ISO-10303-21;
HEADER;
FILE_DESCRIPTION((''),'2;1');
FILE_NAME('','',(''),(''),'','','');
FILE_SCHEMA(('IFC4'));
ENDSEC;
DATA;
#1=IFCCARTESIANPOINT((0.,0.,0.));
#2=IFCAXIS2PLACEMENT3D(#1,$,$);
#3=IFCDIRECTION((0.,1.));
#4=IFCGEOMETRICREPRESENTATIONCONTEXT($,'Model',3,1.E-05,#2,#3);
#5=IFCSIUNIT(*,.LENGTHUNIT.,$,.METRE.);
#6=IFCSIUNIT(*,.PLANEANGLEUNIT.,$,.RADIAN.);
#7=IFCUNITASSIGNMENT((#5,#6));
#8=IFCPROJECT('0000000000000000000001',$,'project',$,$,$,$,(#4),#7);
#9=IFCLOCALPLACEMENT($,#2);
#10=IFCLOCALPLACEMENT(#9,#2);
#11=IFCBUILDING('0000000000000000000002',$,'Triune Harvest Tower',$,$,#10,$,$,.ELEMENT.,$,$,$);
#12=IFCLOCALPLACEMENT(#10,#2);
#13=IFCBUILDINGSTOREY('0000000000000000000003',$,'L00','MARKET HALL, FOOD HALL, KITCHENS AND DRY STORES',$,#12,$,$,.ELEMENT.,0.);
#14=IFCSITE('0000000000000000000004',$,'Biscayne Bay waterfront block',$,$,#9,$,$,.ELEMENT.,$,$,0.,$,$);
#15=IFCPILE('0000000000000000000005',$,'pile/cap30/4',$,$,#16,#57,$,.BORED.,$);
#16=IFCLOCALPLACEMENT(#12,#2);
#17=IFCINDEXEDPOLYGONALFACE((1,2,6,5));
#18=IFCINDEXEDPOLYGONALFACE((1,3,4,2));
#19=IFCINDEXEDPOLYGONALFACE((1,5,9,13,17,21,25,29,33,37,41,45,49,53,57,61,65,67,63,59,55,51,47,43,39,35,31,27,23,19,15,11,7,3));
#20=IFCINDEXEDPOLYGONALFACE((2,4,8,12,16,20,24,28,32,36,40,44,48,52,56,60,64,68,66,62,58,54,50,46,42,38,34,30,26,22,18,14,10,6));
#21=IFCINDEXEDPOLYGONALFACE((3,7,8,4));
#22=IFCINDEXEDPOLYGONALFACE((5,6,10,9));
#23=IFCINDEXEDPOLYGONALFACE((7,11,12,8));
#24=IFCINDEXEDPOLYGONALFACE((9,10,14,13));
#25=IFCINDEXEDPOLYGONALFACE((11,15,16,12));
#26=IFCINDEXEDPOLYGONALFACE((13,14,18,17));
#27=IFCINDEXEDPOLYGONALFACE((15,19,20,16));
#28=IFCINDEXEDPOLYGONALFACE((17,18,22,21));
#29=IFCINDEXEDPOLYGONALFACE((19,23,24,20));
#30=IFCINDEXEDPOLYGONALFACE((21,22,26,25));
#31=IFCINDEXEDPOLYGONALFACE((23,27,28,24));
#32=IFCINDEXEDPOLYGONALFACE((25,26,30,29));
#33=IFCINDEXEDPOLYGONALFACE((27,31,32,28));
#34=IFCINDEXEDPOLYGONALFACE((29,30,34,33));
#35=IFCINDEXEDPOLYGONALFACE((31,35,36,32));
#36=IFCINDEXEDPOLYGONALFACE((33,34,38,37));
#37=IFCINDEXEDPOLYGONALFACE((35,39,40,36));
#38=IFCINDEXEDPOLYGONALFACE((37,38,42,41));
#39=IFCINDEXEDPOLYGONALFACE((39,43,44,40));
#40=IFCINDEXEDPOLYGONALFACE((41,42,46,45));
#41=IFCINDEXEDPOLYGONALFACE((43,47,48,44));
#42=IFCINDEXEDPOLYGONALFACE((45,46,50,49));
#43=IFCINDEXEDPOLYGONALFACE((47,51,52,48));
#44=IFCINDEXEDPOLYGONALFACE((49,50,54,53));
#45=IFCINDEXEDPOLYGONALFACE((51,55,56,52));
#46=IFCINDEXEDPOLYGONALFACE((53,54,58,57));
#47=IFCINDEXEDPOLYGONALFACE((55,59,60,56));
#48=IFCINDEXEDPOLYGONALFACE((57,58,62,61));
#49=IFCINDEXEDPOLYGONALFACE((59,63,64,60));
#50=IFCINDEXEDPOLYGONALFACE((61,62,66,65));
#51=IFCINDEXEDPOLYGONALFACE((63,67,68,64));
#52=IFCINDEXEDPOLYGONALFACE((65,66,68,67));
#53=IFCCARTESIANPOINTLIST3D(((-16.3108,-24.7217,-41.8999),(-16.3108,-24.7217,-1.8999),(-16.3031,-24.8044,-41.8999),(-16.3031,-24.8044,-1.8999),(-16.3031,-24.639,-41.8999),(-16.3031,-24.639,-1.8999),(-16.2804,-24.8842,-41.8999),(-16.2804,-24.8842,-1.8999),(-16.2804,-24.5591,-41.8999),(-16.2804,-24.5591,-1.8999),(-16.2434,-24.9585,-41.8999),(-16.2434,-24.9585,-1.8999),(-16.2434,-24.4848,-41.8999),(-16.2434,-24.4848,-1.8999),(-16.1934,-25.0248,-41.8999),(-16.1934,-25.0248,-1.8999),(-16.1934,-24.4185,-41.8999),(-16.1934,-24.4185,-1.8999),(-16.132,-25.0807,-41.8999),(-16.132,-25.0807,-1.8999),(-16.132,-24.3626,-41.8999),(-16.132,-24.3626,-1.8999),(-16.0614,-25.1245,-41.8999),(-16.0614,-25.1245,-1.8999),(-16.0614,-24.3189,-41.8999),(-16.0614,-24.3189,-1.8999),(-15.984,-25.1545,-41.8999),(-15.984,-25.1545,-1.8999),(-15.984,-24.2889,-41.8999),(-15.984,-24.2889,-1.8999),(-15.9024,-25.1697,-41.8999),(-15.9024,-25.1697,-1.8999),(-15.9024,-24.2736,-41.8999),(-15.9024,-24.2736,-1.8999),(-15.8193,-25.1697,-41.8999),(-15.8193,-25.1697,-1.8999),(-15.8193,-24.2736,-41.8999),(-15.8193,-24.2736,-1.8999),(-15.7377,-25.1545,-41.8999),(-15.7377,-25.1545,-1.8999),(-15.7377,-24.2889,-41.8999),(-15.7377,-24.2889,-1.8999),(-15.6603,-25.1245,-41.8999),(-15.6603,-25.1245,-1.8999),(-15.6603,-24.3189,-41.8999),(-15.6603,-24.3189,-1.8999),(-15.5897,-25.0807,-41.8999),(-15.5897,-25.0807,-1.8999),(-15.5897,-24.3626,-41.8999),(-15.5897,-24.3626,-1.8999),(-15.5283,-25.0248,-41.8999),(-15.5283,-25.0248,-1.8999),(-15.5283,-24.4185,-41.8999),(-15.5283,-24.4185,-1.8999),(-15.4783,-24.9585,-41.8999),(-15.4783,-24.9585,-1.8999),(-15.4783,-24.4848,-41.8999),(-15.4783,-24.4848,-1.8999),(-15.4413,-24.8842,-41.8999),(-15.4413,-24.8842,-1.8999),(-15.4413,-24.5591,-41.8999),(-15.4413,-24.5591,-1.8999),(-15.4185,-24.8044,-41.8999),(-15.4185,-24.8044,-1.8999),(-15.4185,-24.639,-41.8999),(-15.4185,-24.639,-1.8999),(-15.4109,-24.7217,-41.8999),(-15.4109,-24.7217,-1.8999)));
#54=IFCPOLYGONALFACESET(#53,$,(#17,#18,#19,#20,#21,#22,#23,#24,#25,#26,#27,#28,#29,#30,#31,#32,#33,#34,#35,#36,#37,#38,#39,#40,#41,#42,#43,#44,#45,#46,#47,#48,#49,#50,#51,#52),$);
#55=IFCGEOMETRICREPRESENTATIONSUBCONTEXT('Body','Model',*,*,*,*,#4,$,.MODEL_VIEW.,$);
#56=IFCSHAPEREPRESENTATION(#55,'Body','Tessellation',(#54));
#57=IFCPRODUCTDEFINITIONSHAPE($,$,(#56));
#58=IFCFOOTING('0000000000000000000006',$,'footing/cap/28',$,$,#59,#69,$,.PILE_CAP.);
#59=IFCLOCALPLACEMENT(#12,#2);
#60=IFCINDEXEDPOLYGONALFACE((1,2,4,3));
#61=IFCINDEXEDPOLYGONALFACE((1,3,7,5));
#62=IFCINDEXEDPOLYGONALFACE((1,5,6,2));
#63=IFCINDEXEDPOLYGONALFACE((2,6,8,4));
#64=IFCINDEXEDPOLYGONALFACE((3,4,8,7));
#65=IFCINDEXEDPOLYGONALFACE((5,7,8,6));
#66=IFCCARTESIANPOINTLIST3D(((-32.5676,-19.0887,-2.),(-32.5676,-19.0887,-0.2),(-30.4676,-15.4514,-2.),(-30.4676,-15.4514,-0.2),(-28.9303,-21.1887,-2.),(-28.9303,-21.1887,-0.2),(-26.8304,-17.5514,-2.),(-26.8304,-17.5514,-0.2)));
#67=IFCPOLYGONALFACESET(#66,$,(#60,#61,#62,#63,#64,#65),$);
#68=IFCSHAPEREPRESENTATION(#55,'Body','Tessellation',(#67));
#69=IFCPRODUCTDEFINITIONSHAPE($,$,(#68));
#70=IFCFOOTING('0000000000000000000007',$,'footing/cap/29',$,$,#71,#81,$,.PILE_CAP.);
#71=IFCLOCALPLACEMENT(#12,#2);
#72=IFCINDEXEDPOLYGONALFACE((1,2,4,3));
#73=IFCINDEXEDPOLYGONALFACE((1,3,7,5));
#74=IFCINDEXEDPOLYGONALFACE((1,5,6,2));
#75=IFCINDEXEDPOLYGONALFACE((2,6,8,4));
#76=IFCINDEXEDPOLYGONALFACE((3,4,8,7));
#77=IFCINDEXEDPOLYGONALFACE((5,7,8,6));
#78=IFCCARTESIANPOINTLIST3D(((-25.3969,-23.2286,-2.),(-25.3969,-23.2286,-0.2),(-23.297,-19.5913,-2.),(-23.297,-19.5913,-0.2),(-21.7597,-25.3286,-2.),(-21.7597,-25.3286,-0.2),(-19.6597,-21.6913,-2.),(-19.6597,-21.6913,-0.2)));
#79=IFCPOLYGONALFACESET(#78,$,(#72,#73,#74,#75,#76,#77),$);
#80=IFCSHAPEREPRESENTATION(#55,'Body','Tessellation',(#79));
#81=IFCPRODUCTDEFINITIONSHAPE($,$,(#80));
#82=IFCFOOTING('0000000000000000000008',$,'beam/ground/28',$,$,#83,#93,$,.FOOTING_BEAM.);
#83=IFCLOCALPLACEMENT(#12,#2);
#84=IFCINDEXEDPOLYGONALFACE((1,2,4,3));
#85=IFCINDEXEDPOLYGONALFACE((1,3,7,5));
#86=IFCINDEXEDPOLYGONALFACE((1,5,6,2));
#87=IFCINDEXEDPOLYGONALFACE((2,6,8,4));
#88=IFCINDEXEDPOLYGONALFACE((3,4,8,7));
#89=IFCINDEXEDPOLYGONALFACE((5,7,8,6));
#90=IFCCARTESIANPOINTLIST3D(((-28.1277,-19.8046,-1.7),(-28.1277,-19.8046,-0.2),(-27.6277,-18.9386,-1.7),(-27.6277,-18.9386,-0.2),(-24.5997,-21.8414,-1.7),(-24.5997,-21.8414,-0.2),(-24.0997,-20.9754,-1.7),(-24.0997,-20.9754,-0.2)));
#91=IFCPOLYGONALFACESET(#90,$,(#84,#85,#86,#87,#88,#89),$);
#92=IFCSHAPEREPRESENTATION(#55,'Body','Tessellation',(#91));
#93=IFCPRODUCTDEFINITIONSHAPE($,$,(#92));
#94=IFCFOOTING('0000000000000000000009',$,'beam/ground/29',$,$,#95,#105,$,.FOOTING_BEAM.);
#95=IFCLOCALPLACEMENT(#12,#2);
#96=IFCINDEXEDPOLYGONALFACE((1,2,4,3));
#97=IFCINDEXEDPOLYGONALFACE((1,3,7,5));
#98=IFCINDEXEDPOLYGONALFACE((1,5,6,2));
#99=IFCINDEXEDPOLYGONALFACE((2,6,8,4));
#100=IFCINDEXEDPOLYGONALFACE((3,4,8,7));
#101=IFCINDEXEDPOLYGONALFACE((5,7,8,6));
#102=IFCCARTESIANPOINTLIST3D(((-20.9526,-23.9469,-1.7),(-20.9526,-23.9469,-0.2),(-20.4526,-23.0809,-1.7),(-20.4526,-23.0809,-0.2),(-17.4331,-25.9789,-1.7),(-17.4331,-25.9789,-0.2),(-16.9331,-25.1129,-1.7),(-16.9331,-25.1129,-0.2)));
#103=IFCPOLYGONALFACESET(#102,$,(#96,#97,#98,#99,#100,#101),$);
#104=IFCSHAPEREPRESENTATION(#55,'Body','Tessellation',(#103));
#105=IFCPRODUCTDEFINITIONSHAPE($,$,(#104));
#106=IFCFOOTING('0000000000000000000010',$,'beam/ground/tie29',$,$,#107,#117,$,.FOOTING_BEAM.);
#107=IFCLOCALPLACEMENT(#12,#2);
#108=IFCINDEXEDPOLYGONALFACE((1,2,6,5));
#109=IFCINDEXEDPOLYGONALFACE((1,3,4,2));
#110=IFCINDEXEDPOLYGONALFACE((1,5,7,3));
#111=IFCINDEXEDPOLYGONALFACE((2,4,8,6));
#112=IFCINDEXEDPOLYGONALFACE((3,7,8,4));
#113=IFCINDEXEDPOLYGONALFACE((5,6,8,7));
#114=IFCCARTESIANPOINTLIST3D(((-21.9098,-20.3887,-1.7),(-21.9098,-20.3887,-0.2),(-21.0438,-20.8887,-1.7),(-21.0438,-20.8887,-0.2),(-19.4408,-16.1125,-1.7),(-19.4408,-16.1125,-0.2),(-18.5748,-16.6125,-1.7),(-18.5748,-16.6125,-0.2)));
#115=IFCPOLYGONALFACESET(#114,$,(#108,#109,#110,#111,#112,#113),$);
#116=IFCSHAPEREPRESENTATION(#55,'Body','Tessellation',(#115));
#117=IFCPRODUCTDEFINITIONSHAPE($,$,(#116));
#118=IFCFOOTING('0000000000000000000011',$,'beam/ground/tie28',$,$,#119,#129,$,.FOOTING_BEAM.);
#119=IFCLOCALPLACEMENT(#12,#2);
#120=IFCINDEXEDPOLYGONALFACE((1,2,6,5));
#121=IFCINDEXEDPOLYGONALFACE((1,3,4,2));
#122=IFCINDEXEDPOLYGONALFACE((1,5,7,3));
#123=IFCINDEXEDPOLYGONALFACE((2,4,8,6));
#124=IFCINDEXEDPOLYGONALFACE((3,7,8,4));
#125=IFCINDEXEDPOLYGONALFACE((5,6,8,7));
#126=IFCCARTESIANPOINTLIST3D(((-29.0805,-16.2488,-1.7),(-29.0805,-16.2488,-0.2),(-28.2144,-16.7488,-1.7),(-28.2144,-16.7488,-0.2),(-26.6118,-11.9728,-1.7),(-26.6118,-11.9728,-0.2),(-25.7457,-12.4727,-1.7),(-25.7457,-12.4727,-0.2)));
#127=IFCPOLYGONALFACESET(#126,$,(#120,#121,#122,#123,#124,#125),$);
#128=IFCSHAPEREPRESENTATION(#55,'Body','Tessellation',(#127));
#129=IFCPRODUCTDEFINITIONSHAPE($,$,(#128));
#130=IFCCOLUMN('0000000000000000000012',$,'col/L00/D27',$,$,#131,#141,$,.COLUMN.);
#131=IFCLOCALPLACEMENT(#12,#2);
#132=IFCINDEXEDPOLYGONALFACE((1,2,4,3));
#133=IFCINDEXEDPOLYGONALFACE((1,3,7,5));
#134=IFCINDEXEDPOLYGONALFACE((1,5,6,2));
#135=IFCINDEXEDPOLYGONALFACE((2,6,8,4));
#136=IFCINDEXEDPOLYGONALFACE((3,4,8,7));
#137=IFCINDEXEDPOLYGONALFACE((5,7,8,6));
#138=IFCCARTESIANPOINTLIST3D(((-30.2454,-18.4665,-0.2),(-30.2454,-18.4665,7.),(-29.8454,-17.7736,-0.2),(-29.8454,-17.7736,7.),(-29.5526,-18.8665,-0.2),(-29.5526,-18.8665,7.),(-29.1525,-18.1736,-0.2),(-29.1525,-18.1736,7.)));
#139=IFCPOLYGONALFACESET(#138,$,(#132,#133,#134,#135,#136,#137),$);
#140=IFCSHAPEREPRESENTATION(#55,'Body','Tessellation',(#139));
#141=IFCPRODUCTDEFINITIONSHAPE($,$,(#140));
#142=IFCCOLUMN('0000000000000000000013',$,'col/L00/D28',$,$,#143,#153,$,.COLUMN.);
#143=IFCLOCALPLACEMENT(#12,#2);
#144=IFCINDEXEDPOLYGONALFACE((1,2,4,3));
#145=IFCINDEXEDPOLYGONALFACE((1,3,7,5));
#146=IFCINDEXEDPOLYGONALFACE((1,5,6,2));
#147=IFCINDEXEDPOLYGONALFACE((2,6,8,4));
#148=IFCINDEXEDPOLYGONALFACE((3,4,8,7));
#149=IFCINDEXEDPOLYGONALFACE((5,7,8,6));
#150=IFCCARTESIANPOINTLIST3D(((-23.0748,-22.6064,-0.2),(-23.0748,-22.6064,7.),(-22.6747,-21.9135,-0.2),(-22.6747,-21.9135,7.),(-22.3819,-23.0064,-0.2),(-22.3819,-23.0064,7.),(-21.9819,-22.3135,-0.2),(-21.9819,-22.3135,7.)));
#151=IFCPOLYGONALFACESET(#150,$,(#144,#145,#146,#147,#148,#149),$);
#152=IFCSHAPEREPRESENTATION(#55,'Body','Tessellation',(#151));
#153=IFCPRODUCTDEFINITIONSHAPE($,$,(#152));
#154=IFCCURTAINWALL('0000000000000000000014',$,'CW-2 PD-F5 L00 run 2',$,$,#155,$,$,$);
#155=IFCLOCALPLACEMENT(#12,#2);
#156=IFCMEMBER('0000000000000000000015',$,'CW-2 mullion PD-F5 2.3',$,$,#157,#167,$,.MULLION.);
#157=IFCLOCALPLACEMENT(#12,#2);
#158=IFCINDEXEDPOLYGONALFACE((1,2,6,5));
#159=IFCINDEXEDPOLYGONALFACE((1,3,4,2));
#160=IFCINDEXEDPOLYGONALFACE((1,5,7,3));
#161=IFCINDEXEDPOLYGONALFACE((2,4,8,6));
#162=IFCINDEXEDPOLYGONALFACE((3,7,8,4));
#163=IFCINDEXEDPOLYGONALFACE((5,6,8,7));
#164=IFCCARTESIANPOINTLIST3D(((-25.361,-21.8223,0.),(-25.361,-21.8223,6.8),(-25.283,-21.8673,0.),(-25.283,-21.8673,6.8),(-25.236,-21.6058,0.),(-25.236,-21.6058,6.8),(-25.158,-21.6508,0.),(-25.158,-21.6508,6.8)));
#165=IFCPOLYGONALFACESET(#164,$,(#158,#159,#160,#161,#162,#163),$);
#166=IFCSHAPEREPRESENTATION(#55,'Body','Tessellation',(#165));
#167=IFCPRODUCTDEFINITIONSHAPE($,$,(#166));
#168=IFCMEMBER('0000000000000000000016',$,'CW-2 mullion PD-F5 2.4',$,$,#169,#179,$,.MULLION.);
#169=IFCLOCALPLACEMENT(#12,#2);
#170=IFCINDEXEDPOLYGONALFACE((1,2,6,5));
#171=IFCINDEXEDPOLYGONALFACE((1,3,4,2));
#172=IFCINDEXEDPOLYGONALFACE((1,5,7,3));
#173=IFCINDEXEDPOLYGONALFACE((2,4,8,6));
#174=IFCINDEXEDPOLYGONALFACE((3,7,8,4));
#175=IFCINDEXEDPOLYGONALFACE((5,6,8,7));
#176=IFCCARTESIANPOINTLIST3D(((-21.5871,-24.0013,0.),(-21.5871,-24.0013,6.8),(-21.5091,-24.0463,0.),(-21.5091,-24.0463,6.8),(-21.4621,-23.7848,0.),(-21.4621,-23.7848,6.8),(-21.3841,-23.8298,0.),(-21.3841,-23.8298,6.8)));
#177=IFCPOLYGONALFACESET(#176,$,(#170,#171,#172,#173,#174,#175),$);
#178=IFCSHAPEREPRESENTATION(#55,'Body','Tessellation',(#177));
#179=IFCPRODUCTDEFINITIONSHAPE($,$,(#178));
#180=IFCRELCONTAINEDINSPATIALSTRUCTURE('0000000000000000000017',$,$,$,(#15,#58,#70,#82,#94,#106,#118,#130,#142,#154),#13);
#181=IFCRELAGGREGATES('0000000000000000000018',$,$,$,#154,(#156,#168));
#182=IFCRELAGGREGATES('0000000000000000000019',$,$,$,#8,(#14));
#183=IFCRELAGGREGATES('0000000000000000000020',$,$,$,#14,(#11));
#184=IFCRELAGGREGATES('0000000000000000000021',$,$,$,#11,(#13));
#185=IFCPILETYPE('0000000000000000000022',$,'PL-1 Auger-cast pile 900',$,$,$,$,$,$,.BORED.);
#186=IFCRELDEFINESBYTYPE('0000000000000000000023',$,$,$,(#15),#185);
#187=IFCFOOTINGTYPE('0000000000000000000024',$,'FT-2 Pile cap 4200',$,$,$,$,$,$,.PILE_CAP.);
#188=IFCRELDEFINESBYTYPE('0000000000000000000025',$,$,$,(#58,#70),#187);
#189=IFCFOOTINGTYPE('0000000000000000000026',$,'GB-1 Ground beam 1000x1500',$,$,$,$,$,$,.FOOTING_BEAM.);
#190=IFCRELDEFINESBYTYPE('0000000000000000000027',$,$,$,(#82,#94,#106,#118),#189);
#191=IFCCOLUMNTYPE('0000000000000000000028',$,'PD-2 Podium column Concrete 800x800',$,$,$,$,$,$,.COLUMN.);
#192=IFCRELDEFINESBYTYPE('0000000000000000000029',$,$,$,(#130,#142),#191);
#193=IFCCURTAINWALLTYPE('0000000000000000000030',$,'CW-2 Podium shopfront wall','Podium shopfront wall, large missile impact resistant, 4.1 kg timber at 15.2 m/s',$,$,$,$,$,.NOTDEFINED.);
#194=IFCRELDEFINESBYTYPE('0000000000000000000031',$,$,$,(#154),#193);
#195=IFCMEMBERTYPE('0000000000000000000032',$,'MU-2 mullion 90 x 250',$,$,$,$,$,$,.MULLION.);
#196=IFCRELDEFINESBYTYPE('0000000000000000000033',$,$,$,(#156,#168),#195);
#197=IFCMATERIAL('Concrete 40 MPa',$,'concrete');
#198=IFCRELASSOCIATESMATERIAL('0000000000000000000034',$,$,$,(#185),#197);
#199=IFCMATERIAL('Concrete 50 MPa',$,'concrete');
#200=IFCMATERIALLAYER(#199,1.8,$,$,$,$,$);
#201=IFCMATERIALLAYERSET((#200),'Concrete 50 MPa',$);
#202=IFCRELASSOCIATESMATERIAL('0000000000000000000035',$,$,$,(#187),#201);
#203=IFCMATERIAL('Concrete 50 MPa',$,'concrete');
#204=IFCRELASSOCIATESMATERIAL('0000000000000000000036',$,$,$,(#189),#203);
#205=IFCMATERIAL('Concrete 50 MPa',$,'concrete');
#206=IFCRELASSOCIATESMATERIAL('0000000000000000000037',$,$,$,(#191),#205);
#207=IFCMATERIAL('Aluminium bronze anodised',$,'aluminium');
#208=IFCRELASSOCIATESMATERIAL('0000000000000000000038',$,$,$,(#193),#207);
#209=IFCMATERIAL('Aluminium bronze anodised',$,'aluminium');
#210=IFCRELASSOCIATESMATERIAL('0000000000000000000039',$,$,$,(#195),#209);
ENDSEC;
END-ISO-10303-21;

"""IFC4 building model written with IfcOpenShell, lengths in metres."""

from ifc_helpers import new_model, si_unit, direction, frame, origin, origin_2d, place, context, subcontext, project, spatial, rectangle, circle, extrude, source, transform, mapped, material, layer, layer_set, material_profile, profile_set, type_object, element, aggregate, save


model = new_model("IFC4")

# Units and contexts
model_context = context("Model", 3, precision=1e-05, world=origin(), true_north=direction((0.0, 1.0)))
body_context = subcontext(model_context, "Body", "Model", "MODEL_VIEW")
ifc_project = project(units=[si_unit("LENGTHUNIT", "METRE"), si_unit("PLANEANGLEUNIT", "RADIAN")], contexts=[model_context])

# Site, building, storey
site_placement = place(None, origin())
site = spatial("IfcSite", under=ifc_project, at=site_placement, Name="Biscayne Bay waterfront block", CompositionType="ELEMENT", RefElevation=0.0)
building_placement = place(site_placement, origin())
building = spatial("IfcBuilding", under=site, at=building_placement, Name="Triune Harvest Tower", CompositionType="ELEMENT")
storey_placement = place(building_placement, origin())
storey = spatial("IfcBuildingStorey", under=building, at=storey_placement, Name="L00", Description="MARKET HALL, FOOD HALL, KITCHENS AND DRY STORES", CompositionType="ELEMENT", Elevation=0.0)

# Pile
ifc_material_1 = material(Name="Concrete 40 MPa", Category="concrete")
ifc_material_profile_1 = material_profile(ifc_material_1, circle(Radius=0.45, at=origin_2d()), Name="Bored 900")
ifc_profile_set_1 = profile_set([ifc_material_profile_1], Name="Concrete 40 MPa")
pile_type = type_object("IfcPileType", Name="PL-1 Auger-cast pile 900", PredefinedType="BORED", material=ifc_profile_set_1)
shared_shape_1 = source(origin(), body_context, "Body", "SweptSolid", [
    extrude(circle(Radius=0.45, at=origin_2d()), origin(), (0.0, 0.0, 1.0), 40.0),
])
for number, where, z_axis, x_axis, name in (
    (1, (-15.8608, -24.7217, -1.8999), (0.0, 0.0, -1.0), (1.0, 0.0, 0.0), "pile/cap30/4"),
):
    element("IfcPile", number, at=place(storey_placement, frame(where, z_axis=z_axis, x_axis=x_axis)), inside=storey, type_object=pile_type, Name=name, PredefinedType="BORED", context=body_context, shape_type="MappedRepresentation", body=[
        mapped(shared_shape_1, transform((0.0, 0.0, 0.0), scale=1.0)),
    ])

# Footings
ifc_material_2 = material(Name="Concrete 50 MPa", Category="concrete")
ifc_layer_1 = layer(ifc_material_2, 1.8)
ifc_layer_set_1 = layer_set([ifc_layer_1], Name="Concrete 50 MPa")
footing_type_1 = type_object("IfcFootingType", Name="FT-2 Pile cap 4200", PredefinedType="PILE_CAP", material=ifc_layer_set_1)
shared_shape_2 = source(origin(), body_context, "Body", "SweptSolid", [
    extrude(rectangle(XDim=4.2, YDim=4.2, at=origin_2d()), origin(), (0.0, 0.0, 1.0), 1.8),
])
for number, where, z_axis, x_axis, name in (
    (2, (-29.699, -18.3201, -2.0), (0.0, 0.0, 1.0), (0.866025, -0.5, 0.0), "footing/cap/28"),
    (3, (-22.5283, -22.46, -2.0), (0.0, 0.0, 1.0), (0.866025, -0.5, 0.0), "footing/cap/29"),
):
    element("IfcFooting", number, at=place(storey_placement, frame(where, z_axis=z_axis, x_axis=x_axis)), inside=storey, type_object=footing_type_1, Name=name, PredefinedType="PILE_CAP", context=body_context, shape_type="MappedRepresentation", body=[
        mapped(shared_shape_2, transform((0.0, 0.0, 0.0), scale=1.0)),
    ])
ifc_material_3 = material(Name="Concrete 50 MPa", Category="concrete")
ifc_material_profile_2 = material_profile(ifc_material_3, rectangle(XDim=1.0, YDim=1.5, at=origin_2d()), Name="Concrete 1000x1500")
ifc_profile_set_2 = profile_set([ifc_material_profile_2], Name="Concrete 50 MPa")
footing_type_2 = type_object("IfcFootingType", Name="GB-1 Ground beam 1000x1500", PredefinedType="FOOTING_BEAM", material=ifc_profile_set_2)
shared_shape_3 = source(origin(), body_context, "Body", "SweptSolid", [
    extrude(rectangle(XDim=1.0, YDim=1.5, at=origin_2d()), origin(), (0.0, 0.0, 1.0), 4.0737),
])
footing_1_placement = place(storey_placement, frame((-27.8777, -19.3716, -0.95), z_axis=(0.866033, -0.499987, 0.0), x_axis=(0.499987, 0.866033, 0.0)))
element("IfcFooting", 4, at=footing_1_placement, inside=storey, type_object=footing_type_2, Name="beam/ground/28", PredefinedType="FOOTING_BEAM", context=body_context, shape_type="MappedRepresentation", body=[
    mapped(shared_shape_3, transform((0.0, 0.0, 0.0), scale=1.0)),
])
shared_shape_4 = source(origin(), body_context, "Body", "SweptSolid", [
    extrude(rectangle(XDim=1.0, YDim=1.5, at=origin_2d()), origin(), (0.0, 0.0, 1.0), 4.064),
])
footing_2_placement = place(storey_placement, frame((-20.7026, -23.5139, -0.95), z_axis=(0.866028, -0.499996, 0.0), x_axis=(0.499996, 0.866028, 0.0)))
element("IfcFooting", 5, at=footing_2_placement, inside=storey, type_object=footing_type_2, Name="beam/ground/29", PredefinedType="FOOTING_BEAM", context=body_context, shape_type="MappedRepresentation", body=[
    mapped(shared_shape_4, transform((0.0, 0.0, 0.0), scale=1.0)),
])
shared_shape_5 = source(origin(), body_context, "Body", "SweptSolid", [
    extrude(rectangle(XDim=1.0, YDim=1.5, at=origin_2d()), origin(), (0.0, 0.0, 1.0), 4.9377),
])
footing_3_placement = place(storey_placement, frame((-21.4768, -20.6387, -0.95), z_axis=(0.500026, 0.86601, 0.0), x_axis=(-0.86601, 0.500026, 0.0)))
element("IfcFooting", 6, at=footing_3_placement, inside=storey, type_object=footing_type_2, Name="beam/ground/tie29", PredefinedType="FOOTING_BEAM", context=body_context, shape_type="MappedRepresentation", body=[
    mapped(shared_shape_5, transform((0.0, 0.0, 0.0), scale=1.0)),
])
shared_shape_6 = source(origin(), body_context, "Body", "SweptSolid", [
    extrude(rectangle(XDim=1.0, YDim=1.5, at=origin_2d()), origin(), (0.0, 0.0, 1.0), 4.9375),
])
footing_4_placement = place(storey_placement, frame((-28.6475, -16.4988, -0.95), z_axis=(0.499989, 0.866032, 0.0), x_axis=(-0.866032, 0.499989, 0.0)))
element("IfcFooting", 7, at=footing_4_placement, inside=storey, type_object=footing_type_2, Name="beam/ground/tie28", PredefinedType="FOOTING_BEAM", context=body_context, shape_type="MappedRepresentation", body=[
    mapped(shared_shape_6, transform((0.0, 0.0, 0.0), scale=1.0)),
])

# Columns
ifc_material_4 = material(Name="Concrete 50 MPa", Category="concrete")
ifc_material_profile_3 = material_profile(ifc_material_4, rectangle(XDim=0.8, YDim=0.8, at=origin_2d()), Name="Concrete 800x800")
ifc_profile_set_3 = profile_set([ifc_material_profile_3], Name="Concrete 50 MPa")
column_type = type_object("IfcColumnType", Name="PD-2 Podium column Concrete 800x800", PredefinedType="COLUMN", material=ifc_profile_set_3)
shared_shape_7 = source(origin(), body_context, "Body", "SweptSolid", [
    extrude(rectangle(XDim=0.8, YDim=0.8, at=origin_2d()), origin(), (0.0, 0.0, 1.0), 7.2),
])
for number, where, z_axis, x_axis, name in (
    (8, (-29.699, -18.3201, -0.2), (0.0, 0.0, 1.0), (0.866025, -0.5, 0.0), "col/L00/D27"),
    (9, (-22.5283, -22.46, -0.2), (0.0, 0.0, 1.0), (0.866025, -0.5, 0.0), "col/L00/D28"),
):
    element("IfcColumn", number, at=place(storey_placement, frame(where, z_axis=z_axis, x_axis=x_axis)), inside=storey, type_object=column_type, Name=name, PredefinedType="COLUMN", context=body_context, shape_type="MappedRepresentation", body=[
        mapped(shared_shape_7, transform((0.0, 0.0, 0.0), scale=1.0)),
    ])

# Curtain wall, members
ifc_material_5 = material(Name="Aluminium bronze anodised", Category="aluminium")
curtain_wall_type = type_object("IfcCurtainWallType", Name="CW-2 Podium shopfront wall", Description="Podium shopfront wall, large missile impact resistant, 4.1 kg timber at 15.2 m/s", PredefinedType="NOTDEFINED", material=ifc_material_5)
curtain_wall_1_placement = place(storey_placement, origin())
curtain_wall_1 = element("IfcCurtainWall", 10, at=curtain_wall_1_placement, inside=storey, type_object=curtain_wall_type, Name="CW-2 PD-F5 L00 run 2")
ifc_material_6 = material(Name="Aluminium bronze anodised", Category="aluminium")
ifc_material_profile_4 = material_profile(ifc_material_6, rectangle(XDim=0.25, YDim=0.0901, at=origin_2d()), Name="MU-2 mullion 90 x 250")
ifc_profile_set_4 = profile_set([ifc_material_profile_4], Name="Aluminium bronze anodised")
member_type_1 = type_object("IfcMemberType", Name="MU-2 mullion 90 x 250", PredefinedType="MULLION", material=ifc_profile_set_4)
shared_shape_8 = source(origin(), body_context, "Body", "SweptSolid", [
    extrude(rectangle(XDim=0.25, YDim=0.0901, at=origin_2d()), origin(), (0.0, 0.0, 1.0), 6.8),
])
member_1_placement = place(storey_placement, frame((-25.2595, -21.7366, 0.0), z_axis=(0.0, 0.0, 1.0), x_axis=(0.5, 0.866025, 0.0)))
member_1 = element("IfcMember", 11, at=member_1_placement, type_object=member_type_1, Name="CW-2 mullion PD-F5 2.3", PredefinedType="MULLION", context=body_context, shape_type="MappedRepresentation", body=[
    mapped(shared_shape_8, transform((0.0, 0.0, 0.0), scale=1.0)),
])
member_2_placement = place(storey_placement, frame((-21.4856, -23.9155, 0.0), z_axis=(0.0, 0.0, 1.0), x_axis=(0.5, 0.866025, 0.0)))
member_2 = element("IfcMember", 12, at=member_2_placement, type_object=member_type_1, Name="CW-2 mullion PD-F5 2.4", PredefinedType="MULLION", context=body_context, shape_type="MappedRepresentation", body=[
    mapped(shared_shape_8, transform((0.0, 0.0, 0.0), scale=1.0)),
])

aggregate(curtain_wall_1, [member_1, member_2])

save(model, "model.ifc")
